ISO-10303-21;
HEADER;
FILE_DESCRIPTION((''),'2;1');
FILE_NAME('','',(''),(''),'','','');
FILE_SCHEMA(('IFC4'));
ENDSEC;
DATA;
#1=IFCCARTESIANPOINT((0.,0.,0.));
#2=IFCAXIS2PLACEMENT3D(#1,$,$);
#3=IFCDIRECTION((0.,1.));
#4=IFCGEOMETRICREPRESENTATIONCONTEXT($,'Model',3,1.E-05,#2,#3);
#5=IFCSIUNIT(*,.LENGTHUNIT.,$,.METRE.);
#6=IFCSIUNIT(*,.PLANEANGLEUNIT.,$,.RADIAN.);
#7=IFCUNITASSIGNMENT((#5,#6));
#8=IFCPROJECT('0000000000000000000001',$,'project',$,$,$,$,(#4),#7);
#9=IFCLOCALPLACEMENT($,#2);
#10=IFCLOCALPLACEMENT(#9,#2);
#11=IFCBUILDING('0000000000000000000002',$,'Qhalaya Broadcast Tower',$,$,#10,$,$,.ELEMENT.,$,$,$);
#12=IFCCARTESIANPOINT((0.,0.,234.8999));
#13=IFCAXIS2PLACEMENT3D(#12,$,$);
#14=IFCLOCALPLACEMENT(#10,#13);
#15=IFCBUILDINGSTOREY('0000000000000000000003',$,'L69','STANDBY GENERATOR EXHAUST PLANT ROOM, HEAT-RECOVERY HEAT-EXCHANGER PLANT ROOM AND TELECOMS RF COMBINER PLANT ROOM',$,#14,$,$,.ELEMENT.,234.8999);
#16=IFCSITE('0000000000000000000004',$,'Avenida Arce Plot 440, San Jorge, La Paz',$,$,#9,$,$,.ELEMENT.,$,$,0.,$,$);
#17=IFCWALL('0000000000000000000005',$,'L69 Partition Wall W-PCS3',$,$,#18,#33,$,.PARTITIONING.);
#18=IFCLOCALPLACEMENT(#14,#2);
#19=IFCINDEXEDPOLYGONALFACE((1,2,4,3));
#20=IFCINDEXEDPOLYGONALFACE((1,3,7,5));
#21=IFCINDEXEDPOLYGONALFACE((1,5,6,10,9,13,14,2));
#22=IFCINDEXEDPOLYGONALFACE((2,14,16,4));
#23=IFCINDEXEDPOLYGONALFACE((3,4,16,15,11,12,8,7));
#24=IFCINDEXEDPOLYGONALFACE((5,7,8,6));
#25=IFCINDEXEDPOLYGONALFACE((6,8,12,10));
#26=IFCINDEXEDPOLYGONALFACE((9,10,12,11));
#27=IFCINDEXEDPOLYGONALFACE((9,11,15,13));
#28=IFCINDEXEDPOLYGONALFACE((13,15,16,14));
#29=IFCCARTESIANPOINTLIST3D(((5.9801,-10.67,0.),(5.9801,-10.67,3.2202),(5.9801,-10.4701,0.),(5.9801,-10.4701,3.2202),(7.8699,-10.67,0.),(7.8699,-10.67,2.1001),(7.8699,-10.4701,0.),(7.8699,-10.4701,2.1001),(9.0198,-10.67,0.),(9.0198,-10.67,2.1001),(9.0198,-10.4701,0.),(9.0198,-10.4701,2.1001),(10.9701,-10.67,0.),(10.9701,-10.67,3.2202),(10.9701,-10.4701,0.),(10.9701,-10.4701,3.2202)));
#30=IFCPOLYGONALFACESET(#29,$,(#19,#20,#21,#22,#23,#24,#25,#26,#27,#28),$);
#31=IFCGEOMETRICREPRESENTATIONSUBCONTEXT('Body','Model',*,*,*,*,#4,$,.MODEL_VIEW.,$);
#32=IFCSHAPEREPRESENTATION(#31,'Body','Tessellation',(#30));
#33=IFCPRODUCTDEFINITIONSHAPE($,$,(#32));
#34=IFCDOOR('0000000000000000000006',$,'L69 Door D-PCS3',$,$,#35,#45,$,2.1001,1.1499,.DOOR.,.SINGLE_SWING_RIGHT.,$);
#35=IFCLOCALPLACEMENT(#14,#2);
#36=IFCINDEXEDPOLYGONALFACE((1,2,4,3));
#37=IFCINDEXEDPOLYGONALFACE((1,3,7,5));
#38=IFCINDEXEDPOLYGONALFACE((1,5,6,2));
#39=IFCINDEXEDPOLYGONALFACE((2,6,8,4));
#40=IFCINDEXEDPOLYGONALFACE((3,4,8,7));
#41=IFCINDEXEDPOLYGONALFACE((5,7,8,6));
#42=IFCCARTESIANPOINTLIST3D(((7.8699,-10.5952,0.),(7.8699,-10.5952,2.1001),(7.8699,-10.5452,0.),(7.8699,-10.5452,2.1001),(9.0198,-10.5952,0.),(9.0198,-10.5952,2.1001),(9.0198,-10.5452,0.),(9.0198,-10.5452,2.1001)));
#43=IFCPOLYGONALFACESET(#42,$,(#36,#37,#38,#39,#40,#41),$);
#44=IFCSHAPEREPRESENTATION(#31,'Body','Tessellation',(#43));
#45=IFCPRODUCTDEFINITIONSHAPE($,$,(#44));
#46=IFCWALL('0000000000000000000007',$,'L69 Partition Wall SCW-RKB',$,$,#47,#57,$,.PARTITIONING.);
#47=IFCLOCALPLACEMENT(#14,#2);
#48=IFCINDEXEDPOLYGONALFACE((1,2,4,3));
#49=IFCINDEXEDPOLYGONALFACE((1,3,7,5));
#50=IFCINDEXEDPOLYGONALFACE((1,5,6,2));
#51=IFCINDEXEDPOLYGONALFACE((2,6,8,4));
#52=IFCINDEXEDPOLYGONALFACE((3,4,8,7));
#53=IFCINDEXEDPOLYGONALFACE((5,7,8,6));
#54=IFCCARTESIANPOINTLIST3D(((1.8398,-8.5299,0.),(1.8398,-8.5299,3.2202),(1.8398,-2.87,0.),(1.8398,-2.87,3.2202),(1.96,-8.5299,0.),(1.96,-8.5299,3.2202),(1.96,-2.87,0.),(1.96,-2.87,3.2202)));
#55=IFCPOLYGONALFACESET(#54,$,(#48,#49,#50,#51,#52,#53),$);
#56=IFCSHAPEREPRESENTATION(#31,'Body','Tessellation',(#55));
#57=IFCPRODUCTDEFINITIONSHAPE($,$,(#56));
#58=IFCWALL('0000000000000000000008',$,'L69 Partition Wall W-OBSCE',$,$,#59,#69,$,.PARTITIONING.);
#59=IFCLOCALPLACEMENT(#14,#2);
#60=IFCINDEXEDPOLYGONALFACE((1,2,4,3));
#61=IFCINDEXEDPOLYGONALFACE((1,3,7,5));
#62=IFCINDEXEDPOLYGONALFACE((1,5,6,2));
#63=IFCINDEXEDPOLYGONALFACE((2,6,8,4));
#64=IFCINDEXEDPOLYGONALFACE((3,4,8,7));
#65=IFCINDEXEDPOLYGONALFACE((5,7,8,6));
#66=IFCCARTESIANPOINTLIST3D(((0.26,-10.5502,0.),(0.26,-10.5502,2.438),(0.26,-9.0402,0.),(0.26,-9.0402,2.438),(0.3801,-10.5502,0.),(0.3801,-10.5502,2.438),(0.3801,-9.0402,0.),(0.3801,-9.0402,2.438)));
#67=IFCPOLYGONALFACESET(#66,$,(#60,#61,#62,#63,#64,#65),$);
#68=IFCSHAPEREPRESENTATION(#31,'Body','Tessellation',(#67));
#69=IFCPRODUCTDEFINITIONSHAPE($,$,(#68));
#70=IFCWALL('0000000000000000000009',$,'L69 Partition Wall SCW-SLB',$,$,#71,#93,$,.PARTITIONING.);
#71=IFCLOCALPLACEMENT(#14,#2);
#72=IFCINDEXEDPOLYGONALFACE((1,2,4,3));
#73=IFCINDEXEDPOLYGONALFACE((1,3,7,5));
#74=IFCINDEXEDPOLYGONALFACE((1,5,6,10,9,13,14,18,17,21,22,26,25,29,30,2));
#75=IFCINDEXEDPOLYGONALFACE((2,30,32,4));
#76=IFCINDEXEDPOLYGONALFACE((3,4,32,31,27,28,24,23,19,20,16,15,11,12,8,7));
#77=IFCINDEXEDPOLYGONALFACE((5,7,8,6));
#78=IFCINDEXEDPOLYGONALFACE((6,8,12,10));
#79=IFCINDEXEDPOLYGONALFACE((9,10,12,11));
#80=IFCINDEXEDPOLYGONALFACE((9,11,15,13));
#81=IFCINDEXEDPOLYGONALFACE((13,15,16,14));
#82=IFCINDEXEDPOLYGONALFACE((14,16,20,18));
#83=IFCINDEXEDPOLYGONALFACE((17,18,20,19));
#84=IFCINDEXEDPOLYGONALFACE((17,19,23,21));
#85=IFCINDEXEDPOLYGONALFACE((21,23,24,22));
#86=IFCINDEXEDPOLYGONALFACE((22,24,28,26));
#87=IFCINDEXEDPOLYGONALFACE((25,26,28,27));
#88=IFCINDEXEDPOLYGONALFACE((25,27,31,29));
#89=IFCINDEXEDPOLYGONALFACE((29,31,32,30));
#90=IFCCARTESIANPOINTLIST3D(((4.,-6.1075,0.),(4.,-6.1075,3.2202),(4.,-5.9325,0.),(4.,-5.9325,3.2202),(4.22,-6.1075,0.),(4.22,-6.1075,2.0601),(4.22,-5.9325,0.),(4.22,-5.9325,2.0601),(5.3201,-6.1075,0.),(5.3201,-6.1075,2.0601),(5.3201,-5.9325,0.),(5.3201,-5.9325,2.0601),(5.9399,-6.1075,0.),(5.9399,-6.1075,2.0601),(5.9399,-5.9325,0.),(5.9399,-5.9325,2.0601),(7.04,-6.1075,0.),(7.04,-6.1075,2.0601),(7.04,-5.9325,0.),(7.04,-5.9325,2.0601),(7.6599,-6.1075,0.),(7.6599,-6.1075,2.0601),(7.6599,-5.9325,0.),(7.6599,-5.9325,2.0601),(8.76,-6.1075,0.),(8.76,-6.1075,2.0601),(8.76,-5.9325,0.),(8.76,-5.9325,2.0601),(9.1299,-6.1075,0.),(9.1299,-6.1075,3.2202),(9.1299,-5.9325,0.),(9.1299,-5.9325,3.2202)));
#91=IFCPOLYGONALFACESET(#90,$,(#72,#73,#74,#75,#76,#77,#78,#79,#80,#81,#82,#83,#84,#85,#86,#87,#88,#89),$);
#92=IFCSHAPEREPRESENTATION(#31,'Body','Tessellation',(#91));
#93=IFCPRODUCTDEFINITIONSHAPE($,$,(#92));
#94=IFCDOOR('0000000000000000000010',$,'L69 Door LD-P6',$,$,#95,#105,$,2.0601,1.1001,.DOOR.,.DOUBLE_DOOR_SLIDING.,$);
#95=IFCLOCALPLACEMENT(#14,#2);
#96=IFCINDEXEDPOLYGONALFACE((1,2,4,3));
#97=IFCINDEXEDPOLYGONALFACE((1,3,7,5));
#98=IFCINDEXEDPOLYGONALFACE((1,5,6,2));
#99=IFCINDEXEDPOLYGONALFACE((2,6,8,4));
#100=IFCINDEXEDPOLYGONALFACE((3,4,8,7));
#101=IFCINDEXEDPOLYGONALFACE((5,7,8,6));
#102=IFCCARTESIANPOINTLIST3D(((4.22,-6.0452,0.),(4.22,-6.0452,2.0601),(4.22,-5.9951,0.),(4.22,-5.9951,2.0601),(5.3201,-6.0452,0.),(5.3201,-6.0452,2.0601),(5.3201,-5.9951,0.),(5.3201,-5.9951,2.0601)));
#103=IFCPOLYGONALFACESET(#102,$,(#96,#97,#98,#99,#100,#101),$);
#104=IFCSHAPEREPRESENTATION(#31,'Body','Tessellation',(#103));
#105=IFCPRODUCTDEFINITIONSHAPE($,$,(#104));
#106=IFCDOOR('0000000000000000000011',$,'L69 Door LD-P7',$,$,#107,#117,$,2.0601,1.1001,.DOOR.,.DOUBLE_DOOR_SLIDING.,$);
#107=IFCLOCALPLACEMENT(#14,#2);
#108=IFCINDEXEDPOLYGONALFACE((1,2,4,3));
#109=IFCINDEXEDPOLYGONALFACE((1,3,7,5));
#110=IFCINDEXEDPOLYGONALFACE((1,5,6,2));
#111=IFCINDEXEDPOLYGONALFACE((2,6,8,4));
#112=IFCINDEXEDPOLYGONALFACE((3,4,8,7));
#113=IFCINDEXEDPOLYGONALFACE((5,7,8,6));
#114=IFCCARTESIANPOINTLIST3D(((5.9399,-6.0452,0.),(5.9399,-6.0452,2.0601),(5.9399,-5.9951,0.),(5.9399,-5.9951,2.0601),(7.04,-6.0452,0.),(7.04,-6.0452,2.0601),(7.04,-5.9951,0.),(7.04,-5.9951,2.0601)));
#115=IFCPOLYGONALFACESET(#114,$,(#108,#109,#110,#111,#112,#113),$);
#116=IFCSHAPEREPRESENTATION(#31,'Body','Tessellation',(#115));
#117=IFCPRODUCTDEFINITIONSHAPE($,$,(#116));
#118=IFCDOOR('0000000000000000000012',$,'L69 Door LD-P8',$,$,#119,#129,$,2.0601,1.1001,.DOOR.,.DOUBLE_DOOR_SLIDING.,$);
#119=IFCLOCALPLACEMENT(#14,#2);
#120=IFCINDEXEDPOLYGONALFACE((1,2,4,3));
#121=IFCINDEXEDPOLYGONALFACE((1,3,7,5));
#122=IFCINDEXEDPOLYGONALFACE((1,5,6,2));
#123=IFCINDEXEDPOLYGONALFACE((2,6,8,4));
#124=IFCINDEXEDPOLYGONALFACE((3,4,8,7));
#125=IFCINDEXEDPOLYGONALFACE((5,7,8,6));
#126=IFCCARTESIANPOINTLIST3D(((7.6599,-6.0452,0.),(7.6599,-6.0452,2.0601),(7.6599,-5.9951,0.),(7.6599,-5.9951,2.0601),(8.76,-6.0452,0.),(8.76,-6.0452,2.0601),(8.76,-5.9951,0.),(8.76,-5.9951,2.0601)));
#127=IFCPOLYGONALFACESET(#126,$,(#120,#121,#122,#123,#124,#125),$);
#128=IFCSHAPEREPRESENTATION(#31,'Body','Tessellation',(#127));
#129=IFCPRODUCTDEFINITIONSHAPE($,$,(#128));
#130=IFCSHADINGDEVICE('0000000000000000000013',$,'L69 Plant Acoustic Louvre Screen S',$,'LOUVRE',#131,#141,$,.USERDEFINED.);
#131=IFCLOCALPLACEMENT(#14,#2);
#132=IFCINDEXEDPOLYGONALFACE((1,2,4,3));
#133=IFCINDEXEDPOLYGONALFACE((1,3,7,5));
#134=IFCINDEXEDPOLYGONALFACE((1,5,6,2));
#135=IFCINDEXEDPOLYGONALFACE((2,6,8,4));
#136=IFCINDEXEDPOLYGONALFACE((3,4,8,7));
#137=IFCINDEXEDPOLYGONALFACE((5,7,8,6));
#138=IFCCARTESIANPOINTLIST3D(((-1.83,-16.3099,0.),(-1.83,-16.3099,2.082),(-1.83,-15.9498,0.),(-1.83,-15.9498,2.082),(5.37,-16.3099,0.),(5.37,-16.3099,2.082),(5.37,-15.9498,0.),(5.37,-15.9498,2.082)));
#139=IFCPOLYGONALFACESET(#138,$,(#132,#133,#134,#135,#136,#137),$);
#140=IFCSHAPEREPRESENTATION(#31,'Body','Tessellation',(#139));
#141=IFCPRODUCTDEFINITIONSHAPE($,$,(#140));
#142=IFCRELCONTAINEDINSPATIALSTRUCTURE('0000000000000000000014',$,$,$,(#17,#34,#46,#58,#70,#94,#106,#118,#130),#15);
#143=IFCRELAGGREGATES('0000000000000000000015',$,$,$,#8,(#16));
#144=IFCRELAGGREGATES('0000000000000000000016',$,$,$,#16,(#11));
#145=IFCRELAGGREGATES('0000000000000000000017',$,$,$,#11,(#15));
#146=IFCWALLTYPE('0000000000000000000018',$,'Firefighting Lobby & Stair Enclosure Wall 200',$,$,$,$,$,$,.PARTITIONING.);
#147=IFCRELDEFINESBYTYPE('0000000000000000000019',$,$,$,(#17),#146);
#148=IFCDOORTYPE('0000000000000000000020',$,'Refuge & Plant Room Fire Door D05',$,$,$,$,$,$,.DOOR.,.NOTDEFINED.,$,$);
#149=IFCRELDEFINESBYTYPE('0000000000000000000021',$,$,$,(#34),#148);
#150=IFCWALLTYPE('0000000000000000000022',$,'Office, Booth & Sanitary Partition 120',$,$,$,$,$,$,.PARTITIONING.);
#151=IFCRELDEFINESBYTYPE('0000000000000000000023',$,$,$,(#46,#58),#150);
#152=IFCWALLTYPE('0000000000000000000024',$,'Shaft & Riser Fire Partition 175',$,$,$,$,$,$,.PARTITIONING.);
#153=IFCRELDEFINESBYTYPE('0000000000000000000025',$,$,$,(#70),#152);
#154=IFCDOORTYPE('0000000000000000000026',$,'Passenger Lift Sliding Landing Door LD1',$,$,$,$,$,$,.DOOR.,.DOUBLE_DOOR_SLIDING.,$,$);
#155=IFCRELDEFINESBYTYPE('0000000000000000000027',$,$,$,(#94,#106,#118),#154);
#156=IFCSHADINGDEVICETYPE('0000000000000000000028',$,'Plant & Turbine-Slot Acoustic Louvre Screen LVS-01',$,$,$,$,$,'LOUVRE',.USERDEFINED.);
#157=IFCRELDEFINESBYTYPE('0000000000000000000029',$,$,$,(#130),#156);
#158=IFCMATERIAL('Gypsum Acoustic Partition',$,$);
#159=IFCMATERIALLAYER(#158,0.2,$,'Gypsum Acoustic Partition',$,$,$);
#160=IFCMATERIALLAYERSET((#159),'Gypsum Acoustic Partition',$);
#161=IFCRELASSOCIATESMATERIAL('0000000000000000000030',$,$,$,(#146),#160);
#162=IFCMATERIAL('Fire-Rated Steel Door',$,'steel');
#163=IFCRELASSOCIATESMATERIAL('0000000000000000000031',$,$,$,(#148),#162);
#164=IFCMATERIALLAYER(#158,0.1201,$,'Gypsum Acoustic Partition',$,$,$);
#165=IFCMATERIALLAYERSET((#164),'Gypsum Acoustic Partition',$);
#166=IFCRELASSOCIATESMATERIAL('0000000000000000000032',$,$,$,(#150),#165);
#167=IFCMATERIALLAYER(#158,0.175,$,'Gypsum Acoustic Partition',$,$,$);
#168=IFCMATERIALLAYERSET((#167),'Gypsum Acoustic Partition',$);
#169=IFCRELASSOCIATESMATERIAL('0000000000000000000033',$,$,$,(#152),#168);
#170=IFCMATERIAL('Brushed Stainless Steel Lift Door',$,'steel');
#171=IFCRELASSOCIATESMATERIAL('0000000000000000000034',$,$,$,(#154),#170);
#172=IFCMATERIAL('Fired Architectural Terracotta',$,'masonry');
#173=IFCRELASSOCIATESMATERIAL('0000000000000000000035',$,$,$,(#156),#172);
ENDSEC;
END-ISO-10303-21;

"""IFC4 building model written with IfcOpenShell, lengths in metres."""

from ifc_helpers import new_model, si_unit, direction, frame, frame_2d, origin, origin_2d, place, context, subcontext, project, spatial, rectangle, extrude, material, layer, layer_set, type_object, element, fill, save


model = new_model("IFC4")

# Units and contexts
model_context = context("Model", 3, precision=1e-05, world=origin(), true_north=direction((0.0, 1.0)))
body_context = subcontext(model_context, "Body", "Model", "MODEL_VIEW")
ifc_project = project(units=[si_unit("LENGTHUNIT", "METRE"), si_unit("PLANEANGLEUNIT", "RADIAN")], contexts=[model_context])

# Site, building, storey
site_placement = place(None, origin())
site = spatial("IfcSite", under=ifc_project, at=site_placement, Name="Avenida Arce Plot 440, San Jorge, La Paz", CompositionType="ELEMENT", RefElevation=0.0)
building_placement = place(site_placement, origin())
building = spatial("IfcBuilding", under=site, at=building_placement, Name="Qhalaya Broadcast Tower", CompositionType="ELEMENT")
storey_placement = place(building_placement, frame((0.0, 0.0, 234.8999)))
storey = spatial("IfcBuildingStorey", under=building, at=storey_placement, Name="L69", Description="STANDBY GENERATOR EXHAUST PLANT ROOM, HEAT-RECOVERY HEAT-EXCHANGER PLANT ROOM AND TELECOMS RF COMBINER PLANT ROOM", CompositionType="ELEMENT", Elevation=234.8999)

# Shared definitions
ifc_material_1 = material(Name="Gypsum Acoustic Partition")
ifc_layer_1 = layer(ifc_material_1, 0.2, Name="Gypsum Acoustic Partition")
ifc_layer_set_1 = layer_set([ifc_layer_1], Name="Gypsum Acoustic Partition")
wall_type_1 = type_object("IfcWallType", Name="Firefighting Lobby & Stair Enclosure Wall 200", PredefinedType="PARTITIONING", material=ifc_layer_set_1)

# Shared definitions
ifc_material_2 = material(Name="Fire-Rated Steel Door", Category="steel")
door_type_1 = type_object("IfcDoorType", Name="Refuge & Plant Room Fire Door D05", OperationType="NOTDEFINED", PredefinedType="DOOR", material=ifc_material_2)

# Wall, opening, door
wall_1_placement = place(storey_placement, frame((5.98, -10.5701, 0.0), z_axis=(0.0, 0.0, 1.0), x_axis=(1.0, 0.0, 0.0)))
wall_1 = element("IfcWall", 1, at=wall_1_placement, inside=storey, type_object=wall_type_1, Name="L69 Partition Wall W-PCS3", PredefinedType="PARTITIONING", context=body_context, shape_type="SweptSolid", body=[
    extrude(rectangle(XDim=4.99, YDim=0.2, at=frame_2d((2.4951, 0.0))), origin(), (0.0, 0.0, 1.0), 3.2202),
])
opening_1_placement = place(wall_1_placement, frame((1.8899, 0.0, 0.0)))
opening_1 = element("IfcOpeningElement", 2, at=opening_1_placement, cuts=wall_1, PredefinedType="OPENING", context=body_context, shape_type="SweptSolid", body=[
    extrude(rectangle(XDim=1.1499, YDim=2.1001, at=frame_2d((0.575, 1.05))), frame((0.0, 0.1121, 0.0), z_axis=(0.0, -1.0, 0.0), x_axis=(1.0, 0.0, 0.0)), (0.0, 0.0, 1.0), 0.2239),
])
door_1_placement = place(opening_1_placement, origin())
door_1 = element("IfcDoor", 3, at=door_1_placement, inside=storey, type_object=door_type_1, Name="L69 Door D-PCS3", OperationType="SINGLE_SWING_RIGHT", OverallHeight=2.1001, OverallWidth=1.1499, PredefinedType="DOOR", context=body_context, shape_type="SweptSolid", body=[
    extrude(rectangle(XDim=1.1499, YDim=2.1001, at=frame_2d((0.575, 1.05))), frame((0.0, 0.0249, 0.0), z_axis=(0.0, -1.0, 0.0), x_axis=(1.0, 0.0, 0.0)), (0.0, 0.0, 1.0), 0.05),
])
fill(opening_1, door_1)

# Walls
ifc_layer_2 = layer(ifc_material_1, 0.1201, Name="Gypsum Acoustic Partition")
ifc_layer_set_2 = layer_set([ifc_layer_2], Name="Gypsum Acoustic Partition")
wall_type_2 = type_object("IfcWallType", Name="Office, Booth & Sanitary Partition 120", PredefinedType="PARTITIONING", material=ifc_layer_set_2)
wall_2_placement = place(storey_placement, frame((1.8999, -8.53, 0.0), z_axis=(0.0, 0.0, 1.0), x_axis=(0.0, 1.0, 0.0)))
element("IfcWall", 4, at=wall_2_placement, inside=storey, type_object=wall_type_2, Name="L69 Partition Wall SCW-RKB", PredefinedType="PARTITIONING", context=body_context, shape_type="SweptSolid", body=[
    extrude(rectangle(XDim=5.6599, YDim=0.1201, at=frame_2d((2.8301, 0.0))), origin(), (0.0, 0.0, 1.0), 3.2202),
])
wall_3_placement = place(storey_placement, frame((0.3201, -10.55, 0.0), z_axis=(0.0, 0.0, 1.0), x_axis=(0.0, 1.0, 0.0)))
element("IfcWall", 5, at=wall_3_placement, inside=storey, type_object=wall_type_2, Name="L69 Partition Wall W-OBSCE", PredefinedType="PARTITIONING", context=body_context, shape_type="SweptSolid", body=[
    extrude(rectangle(XDim=1.51, YDim=0.1201, at=frame_2d((0.7549, 0.0))), origin(), (0.0, 0.0, 1.0), 2.438),
])

# Wall, openings, doors
ifc_layer_3 = layer(ifc_material_1, 0.175, Name="Gypsum Acoustic Partition")
ifc_layer_set_3 = layer_set([ifc_layer_3], Name="Gypsum Acoustic Partition")
wall_type_3 = type_object("IfcWallType", Name="Shaft & Riser Fire Partition 175", PredefinedType="PARTITIONING", material=ifc_layer_set_3)
wall_4_placement = place(storey_placement, frame((4.0, -6.02, 0.0), z_axis=(0.0, 0.0, 1.0), x_axis=(1.0, 0.0, 0.0)))
wall_4 = element("IfcWall", 6, at=wall_4_placement, inside=storey, type_object=wall_type_3, Name="L69 Partition Wall SCW-SLB", PredefinedType="PARTITIONING", context=body_context, shape_type="SweptSolid", body=[
    extrude(rectangle(XDim=5.1299, YDim=0.175, at=frame_2d((2.5649, 0.0))), origin(), (0.0, 0.0, 1.0), 3.2202),
])
opening_2_placement = place(wall_4_placement, frame((0.22, 0.0, 0.0)))
opening_2 = element("IfcOpeningElement", 7, at=opening_2_placement, cuts=wall_4, PredefinedType="OPENING", context=body_context, shape_type="SweptSolid", body=[
    extrude(rectangle(XDim=1.1001, YDim=2.0601, at=frame_2d((0.55, 1.03))), frame((0.0, 0.0996, 0.0), z_axis=(0.0, -1.0, 0.0), x_axis=(1.0, 0.0, 0.0)), (0.0, 0.0, 1.0), 0.199),
])
opening_3_placement = place(wall_4_placement, frame((1.9399, 0.0, 0.0)))
opening_3 = element("IfcOpeningElement", 8, at=opening_3_placement, cuts=wall_4, PredefinedType="OPENING", context=body_context, shape_type="SweptSolid", body=[
    extrude(rectangle(XDim=1.1001, YDim=2.0601, at=frame_2d((0.55, 1.03))), frame((0.0, 0.0996, 0.0), z_axis=(0.0, -1.0, 0.0), x_axis=(1.0, 0.0, 0.0)), (0.0, 0.0, 1.0), 0.199),
])
opening_4_placement = place(wall_4_placement, frame((3.6599, 0.0, 0.0)))
opening_4 = element("IfcOpeningElement", 9, at=opening_4_placement, cuts=wall_4, PredefinedType="OPENING", context=body_context, shape_type="SweptSolid", body=[
    extrude(rectangle(XDim=1.1001, YDim=2.0601, at=frame_2d((0.55, 1.03))), frame((0.0, 0.0996, 0.0), z_axis=(0.0, -1.0, 0.0), x_axis=(1.0, 0.0, 0.0)), (0.0, 0.0, 1.0), 0.199),
])
ifc_material_3 = material(Name="Brushed Stainless Steel Lift Door", Category="steel")
door_type_2 = type_object("IfcDoorType", Name="Passenger Lift Sliding Landing Door LD1", OperationType="DOUBLE_DOOR_SLIDING", PredefinedType="DOOR", material=ifc_material_3)
door_2_placement = place(opening_2_placement, origin())
door_2 = element("IfcDoor", 10, at=door_2_placement, inside=storey, type_object=door_type_2, Name="L69 Door LD-P6", OperationType="DOUBLE_DOOR_SLIDING", OverallHeight=2.0601, OverallWidth=1.1001, PredefinedType="DOOR", context=body_context, shape_type="SweptSolid", body=[
    extrude(rectangle(XDim=1.1001, YDim=2.0601, at=frame_2d((0.55, 1.03))), frame((0.0, 0.0249, 0.0), z_axis=(0.0, -1.0, 0.0), x_axis=(1.0, 0.0, 0.0)), (0.0, 0.0, 1.0), 0.05),
])
fill(opening_2, door_2)
door_3_placement = place(opening_3_placement, origin())
door_3 = element("IfcDoor", 11, at=door_3_placement, inside=storey, type_object=door_type_2, Name="L69 Door LD-P7", OperationType="DOUBLE_DOOR_SLIDING", OverallHeight=2.0601, OverallWidth=1.1001, PredefinedType="DOOR", context=body_context, shape_type="SweptSolid", body=[
    extrude(rectangle(XDim=1.1001, YDim=2.0601, at=frame_2d((0.55, 1.03))), frame((0.0, 0.0249, 0.0), z_axis=(0.0, -1.0, 0.0), x_axis=(1.0, 0.0, 0.0)), (0.0, 0.0, 1.0), 0.05),
])
fill(opening_3, door_3)
door_4_placement = place(opening_4_placement, origin())
door_4 = element("IfcDoor", 12, at=door_4_placement, inside=storey, type_object=door_type_2, Name="L69 Door LD-P8", OperationType="DOUBLE_DOOR_SLIDING", OverallHeight=2.0601, OverallWidth=1.1001, PredefinedType="DOOR", context=body_context, shape_type="SweptSolid", body=[
    extrude(rectangle(XDim=1.1001, YDim=2.0601, at=frame_2d((0.55, 1.03))), frame((0.0, 0.0249, 0.0), z_axis=(0.0, -1.0, 0.0), x_axis=(1.0, 0.0, 0.0)), (0.0, 0.0, 1.0), 0.05),
])
fill(opening_4, door_4)

# Shading device
ifc_material_4 = material(Name="Fired Architectural Terracotta", Category="masonry")
shading_device_type = type_object("IfcShadingDeviceType", Name="Plant & Turbine-Slot Acoustic Louvre Screen LVS-01", ElementType="LOUVRE", PredefinedType="USERDEFINED", material=ifc_material_4)
shading_device_placement = place(storey_placement, frame((1.77, -16.1299, 0.0), z_axis=(0.0, 0.0, 1.0), x_axis=(-1.0, 0.0, 0.0)))
element("IfcShadingDevice", 13, at=shading_device_placement, inside=storey, type_object=shading_device_type, Name="L69 Plant Acoustic Louvre Screen S", ObjectType="LOUVRE", PredefinedType="USERDEFINED", context=body_context, shape_type="SweptSolid", body=[
    extrude(rectangle(XDim=7.2, YDim=0.3601, at=origin_2d()), origin(), (0.0, 0.0, 1.0), 2.082),
])

save(model, "model.ifc")
